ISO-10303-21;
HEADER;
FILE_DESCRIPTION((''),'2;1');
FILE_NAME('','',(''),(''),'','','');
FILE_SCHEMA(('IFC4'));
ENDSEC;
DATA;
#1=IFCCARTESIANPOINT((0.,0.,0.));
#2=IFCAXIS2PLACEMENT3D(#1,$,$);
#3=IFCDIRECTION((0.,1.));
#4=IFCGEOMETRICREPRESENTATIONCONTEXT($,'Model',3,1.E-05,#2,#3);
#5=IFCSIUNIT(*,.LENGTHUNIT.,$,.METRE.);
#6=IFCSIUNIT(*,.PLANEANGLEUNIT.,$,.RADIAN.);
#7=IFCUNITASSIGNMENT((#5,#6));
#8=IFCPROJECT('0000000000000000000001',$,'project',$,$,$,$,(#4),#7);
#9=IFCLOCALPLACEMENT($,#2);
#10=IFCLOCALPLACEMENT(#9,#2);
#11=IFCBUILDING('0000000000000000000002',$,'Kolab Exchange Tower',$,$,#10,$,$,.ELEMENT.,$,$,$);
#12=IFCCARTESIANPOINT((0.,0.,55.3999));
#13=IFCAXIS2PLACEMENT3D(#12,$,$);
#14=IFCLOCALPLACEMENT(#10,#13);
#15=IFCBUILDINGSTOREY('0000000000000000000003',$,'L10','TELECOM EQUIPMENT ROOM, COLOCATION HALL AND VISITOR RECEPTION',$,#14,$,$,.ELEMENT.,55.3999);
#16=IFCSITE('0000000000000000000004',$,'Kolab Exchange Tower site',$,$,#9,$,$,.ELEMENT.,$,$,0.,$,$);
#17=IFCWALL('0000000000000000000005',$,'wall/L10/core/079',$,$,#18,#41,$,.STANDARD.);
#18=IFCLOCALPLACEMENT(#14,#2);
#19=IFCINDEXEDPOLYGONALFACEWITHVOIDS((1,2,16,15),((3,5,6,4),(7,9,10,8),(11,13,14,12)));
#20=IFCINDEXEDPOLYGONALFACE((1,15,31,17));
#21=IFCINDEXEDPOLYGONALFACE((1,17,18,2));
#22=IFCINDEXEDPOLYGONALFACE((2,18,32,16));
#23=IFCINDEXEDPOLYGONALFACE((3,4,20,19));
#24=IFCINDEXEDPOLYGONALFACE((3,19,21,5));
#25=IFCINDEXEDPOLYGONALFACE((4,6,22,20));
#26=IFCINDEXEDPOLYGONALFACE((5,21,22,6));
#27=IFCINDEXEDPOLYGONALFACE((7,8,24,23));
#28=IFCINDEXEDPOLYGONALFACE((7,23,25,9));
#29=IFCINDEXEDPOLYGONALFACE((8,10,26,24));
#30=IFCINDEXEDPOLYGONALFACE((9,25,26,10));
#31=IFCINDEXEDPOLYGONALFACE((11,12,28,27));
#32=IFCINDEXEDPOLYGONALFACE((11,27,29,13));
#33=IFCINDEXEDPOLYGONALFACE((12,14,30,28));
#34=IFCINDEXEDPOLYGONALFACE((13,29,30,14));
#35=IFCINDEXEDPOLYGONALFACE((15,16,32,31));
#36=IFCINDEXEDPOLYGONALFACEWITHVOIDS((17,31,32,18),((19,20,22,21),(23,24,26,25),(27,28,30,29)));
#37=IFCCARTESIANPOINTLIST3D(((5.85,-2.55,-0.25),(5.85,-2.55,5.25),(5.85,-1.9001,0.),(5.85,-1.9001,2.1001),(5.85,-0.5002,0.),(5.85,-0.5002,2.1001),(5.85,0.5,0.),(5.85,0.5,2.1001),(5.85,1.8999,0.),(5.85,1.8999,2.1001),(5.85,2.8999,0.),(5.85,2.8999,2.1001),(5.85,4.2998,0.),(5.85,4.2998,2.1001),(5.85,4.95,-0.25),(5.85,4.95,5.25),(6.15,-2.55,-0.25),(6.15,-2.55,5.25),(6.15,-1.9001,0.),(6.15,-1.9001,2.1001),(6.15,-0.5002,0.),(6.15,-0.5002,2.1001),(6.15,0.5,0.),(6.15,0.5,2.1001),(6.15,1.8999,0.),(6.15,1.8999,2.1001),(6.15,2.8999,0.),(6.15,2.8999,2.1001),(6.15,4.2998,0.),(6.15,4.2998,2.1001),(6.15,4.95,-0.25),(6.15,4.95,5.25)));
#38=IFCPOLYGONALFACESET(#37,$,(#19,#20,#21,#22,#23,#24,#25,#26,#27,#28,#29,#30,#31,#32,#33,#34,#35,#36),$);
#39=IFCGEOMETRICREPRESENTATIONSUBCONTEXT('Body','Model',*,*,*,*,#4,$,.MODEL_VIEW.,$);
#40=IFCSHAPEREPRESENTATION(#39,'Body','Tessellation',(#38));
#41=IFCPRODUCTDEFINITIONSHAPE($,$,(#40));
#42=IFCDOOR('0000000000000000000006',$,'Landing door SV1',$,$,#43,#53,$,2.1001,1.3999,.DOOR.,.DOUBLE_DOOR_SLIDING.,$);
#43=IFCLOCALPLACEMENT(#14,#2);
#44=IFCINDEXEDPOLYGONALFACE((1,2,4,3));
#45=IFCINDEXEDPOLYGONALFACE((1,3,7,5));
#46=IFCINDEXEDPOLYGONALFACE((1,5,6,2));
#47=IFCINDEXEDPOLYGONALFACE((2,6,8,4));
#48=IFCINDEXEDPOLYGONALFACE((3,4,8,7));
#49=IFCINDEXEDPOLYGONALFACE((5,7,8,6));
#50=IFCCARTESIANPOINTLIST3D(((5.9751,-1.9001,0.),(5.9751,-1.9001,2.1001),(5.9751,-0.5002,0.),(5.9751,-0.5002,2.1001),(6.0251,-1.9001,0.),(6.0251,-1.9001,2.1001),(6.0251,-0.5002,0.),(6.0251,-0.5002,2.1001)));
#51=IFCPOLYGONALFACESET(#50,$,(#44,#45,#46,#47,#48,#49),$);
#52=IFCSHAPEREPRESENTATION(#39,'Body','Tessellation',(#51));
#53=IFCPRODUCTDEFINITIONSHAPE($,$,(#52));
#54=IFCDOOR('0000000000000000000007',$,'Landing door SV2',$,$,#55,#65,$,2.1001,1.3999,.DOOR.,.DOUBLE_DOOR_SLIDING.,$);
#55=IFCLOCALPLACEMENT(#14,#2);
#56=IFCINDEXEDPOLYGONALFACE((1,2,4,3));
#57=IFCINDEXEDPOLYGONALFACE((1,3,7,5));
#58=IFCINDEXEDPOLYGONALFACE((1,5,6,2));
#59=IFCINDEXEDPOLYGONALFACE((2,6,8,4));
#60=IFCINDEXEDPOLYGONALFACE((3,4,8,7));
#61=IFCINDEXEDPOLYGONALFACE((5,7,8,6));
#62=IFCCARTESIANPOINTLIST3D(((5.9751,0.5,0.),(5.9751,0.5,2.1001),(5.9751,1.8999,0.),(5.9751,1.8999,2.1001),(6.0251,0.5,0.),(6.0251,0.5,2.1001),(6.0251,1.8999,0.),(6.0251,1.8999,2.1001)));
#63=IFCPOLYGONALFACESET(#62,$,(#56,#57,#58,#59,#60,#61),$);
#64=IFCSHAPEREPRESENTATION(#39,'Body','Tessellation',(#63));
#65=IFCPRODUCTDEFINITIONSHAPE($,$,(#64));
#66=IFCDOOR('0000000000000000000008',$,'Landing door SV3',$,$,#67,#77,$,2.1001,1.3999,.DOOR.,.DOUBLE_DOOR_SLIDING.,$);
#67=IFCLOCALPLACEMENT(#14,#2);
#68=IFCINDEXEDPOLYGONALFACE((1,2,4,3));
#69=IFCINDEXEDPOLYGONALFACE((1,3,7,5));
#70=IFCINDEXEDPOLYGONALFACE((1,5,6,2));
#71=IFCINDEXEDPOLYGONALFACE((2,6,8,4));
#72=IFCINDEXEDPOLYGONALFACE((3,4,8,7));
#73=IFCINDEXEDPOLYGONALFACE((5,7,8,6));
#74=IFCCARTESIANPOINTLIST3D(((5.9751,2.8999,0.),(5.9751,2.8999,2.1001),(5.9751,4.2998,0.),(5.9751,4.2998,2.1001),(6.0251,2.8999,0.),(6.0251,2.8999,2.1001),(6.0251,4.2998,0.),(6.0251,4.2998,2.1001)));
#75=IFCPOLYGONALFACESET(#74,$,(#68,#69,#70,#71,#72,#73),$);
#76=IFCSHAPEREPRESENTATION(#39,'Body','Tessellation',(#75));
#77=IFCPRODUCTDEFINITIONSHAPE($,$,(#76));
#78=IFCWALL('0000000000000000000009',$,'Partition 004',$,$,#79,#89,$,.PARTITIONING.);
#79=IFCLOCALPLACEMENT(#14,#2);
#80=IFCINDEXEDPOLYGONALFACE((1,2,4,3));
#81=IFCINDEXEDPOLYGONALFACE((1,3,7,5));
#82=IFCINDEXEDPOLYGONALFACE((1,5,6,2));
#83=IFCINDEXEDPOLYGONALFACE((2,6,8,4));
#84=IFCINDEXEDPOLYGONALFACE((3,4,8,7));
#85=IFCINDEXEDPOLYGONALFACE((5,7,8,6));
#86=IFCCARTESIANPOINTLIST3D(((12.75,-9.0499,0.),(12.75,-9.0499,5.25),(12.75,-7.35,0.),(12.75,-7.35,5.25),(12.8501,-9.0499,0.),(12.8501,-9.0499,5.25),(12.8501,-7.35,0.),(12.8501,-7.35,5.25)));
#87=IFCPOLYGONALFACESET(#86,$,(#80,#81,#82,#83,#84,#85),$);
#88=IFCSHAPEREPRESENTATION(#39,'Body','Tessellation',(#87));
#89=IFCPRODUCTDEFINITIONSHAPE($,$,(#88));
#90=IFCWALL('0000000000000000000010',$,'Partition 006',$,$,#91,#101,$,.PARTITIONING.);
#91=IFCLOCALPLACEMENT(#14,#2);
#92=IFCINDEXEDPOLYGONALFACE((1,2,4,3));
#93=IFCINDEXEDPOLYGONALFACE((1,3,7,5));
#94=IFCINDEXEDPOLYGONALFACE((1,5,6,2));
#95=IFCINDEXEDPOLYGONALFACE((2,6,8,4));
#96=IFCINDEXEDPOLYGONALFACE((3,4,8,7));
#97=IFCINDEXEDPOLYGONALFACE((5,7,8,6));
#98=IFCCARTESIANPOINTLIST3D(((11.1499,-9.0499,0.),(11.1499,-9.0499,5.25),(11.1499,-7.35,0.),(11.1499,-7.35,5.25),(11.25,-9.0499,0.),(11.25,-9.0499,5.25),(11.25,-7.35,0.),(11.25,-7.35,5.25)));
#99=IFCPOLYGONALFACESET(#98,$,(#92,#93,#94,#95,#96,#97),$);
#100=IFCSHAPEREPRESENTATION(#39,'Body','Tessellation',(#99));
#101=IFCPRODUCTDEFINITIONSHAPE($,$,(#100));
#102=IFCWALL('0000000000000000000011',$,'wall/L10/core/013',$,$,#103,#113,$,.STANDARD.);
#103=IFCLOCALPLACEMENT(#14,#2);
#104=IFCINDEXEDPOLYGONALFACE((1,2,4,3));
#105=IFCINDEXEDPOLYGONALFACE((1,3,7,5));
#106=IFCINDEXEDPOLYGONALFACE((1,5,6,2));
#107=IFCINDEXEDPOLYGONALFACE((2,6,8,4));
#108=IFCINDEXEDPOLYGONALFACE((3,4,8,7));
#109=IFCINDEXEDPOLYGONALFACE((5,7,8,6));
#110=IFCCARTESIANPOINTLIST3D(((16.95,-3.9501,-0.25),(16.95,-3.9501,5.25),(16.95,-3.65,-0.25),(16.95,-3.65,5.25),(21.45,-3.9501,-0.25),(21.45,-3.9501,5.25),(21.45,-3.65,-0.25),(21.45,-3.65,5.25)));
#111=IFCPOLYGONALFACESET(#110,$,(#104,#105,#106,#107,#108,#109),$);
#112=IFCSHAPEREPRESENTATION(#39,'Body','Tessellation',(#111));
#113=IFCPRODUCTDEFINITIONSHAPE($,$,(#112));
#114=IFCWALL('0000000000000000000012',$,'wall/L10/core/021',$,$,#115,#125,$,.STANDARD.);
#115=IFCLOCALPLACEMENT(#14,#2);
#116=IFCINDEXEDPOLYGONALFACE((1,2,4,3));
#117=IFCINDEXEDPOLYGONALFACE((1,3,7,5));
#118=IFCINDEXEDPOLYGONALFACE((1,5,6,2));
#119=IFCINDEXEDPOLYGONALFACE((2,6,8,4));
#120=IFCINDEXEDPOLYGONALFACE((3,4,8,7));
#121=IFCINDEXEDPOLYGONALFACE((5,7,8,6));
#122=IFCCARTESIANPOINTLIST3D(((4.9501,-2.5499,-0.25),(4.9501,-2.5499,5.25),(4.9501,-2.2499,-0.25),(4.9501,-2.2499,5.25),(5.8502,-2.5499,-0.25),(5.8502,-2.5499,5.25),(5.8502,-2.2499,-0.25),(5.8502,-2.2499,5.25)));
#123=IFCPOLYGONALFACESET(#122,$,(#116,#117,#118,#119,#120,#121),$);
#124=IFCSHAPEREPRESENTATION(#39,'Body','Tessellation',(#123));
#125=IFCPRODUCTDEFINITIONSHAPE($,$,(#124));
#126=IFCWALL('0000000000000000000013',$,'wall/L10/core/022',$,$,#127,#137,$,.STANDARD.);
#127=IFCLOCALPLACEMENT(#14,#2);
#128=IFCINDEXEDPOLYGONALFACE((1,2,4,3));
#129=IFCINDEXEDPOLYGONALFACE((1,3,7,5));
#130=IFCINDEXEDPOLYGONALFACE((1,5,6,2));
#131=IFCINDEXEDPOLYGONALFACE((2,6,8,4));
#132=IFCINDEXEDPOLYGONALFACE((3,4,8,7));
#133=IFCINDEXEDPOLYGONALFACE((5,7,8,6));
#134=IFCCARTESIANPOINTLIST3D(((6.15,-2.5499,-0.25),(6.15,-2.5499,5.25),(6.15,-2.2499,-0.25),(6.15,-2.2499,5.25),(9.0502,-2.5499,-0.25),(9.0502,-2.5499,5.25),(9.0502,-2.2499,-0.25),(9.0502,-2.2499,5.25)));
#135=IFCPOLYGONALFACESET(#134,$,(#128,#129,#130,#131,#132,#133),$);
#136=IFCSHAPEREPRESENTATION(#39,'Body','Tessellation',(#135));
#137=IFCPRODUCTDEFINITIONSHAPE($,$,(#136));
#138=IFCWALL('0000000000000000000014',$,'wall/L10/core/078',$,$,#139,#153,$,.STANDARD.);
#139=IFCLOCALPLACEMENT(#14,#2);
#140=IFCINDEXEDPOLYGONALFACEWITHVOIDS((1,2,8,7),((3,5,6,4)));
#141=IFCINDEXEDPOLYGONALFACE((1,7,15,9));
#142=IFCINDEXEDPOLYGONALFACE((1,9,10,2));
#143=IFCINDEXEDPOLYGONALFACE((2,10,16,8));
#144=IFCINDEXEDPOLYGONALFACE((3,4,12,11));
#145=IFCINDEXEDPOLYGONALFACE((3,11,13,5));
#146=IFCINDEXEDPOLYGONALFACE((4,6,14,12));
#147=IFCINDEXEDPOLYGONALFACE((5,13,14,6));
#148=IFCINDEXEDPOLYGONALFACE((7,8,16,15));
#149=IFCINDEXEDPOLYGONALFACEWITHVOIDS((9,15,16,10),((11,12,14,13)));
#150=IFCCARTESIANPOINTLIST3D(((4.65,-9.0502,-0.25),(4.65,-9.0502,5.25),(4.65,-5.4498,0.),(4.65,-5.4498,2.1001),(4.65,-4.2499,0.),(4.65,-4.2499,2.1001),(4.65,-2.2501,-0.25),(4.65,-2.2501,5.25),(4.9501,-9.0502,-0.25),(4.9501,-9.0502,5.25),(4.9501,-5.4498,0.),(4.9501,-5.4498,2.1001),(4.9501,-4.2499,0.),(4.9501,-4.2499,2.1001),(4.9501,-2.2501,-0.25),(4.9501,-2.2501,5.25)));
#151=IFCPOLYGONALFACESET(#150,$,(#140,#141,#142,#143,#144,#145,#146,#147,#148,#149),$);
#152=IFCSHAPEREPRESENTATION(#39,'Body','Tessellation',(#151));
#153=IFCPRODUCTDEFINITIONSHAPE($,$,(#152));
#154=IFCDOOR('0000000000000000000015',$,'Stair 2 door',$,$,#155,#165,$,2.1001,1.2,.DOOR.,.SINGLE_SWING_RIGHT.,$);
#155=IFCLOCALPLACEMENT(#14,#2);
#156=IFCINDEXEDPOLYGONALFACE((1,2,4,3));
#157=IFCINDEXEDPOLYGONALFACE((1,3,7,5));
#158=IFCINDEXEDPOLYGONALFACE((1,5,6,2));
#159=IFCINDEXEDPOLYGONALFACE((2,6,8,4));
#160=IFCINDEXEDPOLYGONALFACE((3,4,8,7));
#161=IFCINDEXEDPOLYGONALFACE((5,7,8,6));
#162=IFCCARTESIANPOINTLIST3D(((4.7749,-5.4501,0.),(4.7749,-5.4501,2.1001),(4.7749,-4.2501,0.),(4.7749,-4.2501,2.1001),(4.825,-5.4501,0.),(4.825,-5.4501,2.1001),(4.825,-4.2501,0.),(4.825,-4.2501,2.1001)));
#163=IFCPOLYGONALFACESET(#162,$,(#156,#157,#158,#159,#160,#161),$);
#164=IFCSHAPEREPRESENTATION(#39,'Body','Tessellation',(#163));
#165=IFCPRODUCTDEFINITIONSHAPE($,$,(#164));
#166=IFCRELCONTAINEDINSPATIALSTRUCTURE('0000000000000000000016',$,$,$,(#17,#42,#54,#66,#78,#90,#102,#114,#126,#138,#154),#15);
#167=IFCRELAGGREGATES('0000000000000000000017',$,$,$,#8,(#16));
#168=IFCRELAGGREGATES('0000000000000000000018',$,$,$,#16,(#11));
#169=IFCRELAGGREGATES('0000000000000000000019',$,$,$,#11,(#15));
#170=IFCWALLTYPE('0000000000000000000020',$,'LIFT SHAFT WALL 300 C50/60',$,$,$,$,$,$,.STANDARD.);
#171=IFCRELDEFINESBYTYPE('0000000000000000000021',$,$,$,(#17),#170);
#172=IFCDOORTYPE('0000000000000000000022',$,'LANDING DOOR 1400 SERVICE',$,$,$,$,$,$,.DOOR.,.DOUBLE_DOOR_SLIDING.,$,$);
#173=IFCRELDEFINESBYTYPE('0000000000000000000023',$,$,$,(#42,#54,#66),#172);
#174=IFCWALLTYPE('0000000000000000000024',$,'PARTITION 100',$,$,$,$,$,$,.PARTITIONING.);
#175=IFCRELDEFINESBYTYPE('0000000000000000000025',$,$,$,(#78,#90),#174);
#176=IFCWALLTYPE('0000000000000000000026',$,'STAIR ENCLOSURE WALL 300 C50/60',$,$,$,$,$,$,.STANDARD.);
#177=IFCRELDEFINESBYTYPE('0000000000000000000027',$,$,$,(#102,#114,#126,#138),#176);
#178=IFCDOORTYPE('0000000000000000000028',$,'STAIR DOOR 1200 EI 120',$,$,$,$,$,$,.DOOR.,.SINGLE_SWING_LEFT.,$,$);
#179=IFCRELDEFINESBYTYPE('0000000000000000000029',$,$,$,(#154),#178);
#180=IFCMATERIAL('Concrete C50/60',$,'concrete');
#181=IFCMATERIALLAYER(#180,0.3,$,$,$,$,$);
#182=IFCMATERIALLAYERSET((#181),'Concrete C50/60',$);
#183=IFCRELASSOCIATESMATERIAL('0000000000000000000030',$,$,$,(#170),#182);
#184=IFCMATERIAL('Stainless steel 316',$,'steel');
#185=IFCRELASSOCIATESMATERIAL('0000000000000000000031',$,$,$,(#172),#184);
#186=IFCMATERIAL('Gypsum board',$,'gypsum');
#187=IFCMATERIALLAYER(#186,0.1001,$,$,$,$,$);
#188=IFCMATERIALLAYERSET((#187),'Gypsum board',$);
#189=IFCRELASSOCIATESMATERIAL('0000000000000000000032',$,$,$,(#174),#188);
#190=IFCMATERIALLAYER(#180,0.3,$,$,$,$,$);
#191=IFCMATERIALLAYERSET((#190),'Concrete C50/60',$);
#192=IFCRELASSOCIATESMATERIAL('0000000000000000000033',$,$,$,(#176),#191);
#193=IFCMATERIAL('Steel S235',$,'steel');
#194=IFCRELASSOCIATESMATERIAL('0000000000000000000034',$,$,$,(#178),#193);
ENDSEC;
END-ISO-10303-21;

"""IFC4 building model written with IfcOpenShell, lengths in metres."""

from ifc_helpers import new_model, si_unit, direction, frame, frame_2d, origin, place, context, subcontext, project, spatial, rectangle, extrude, material, layer, layer_set, type_object, element, fill, save


model = new_model("IFC4")

# Units and contexts
model_context = context("Model", 3, precision=1e-05, world=origin(), true_north=direction((0.0, 1.0)))
body_context = subcontext(model_context, "Body", "Model", "MODEL_VIEW")
ifc_project = project(units=[si_unit("LENGTHUNIT", "METRE"), si_unit("PLANEANGLEUNIT", "RADIAN")], contexts=[model_context])

# Site, building, storey
site_placement = place(None, origin())
site = spatial("IfcSite", under=ifc_project, at=site_placement, Name="Kolab Exchange Tower site", CompositionType="ELEMENT", RefElevation=0.0)
building_placement = place(site_placement, origin())
building = spatial("IfcBuilding", under=site, at=building_placement, Name="Kolab Exchange Tower", CompositionType="ELEMENT")
storey_placement = place(building_placement, frame((0.0, 0.0, 55.3999)))
storey = spatial("IfcBuildingStorey", under=building, at=storey_placement, Name="L10", Description="TELECOM EQUIPMENT ROOM, COLOCATION HALL AND VISITOR RECEPTION", CompositionType="ELEMENT", Elevation=55.3999)

# Shared definitions
ifc_material_1 = material(Name="Concrete C50/60", Category="concrete")
ifc_layer_1 = layer(ifc_material_1, 0.3)
ifc_layer_set_1 = layer_set([ifc_layer_1], Name="Concrete C50/60")
wall_type_1 = type_object("IfcWallType", Name="LIFT SHAFT WALL 300 C50/60", PredefinedType="STANDARD", material=ifc_layer_set_1)

# Shared definitions
ifc_material_2 = material(Name="Steel S235", Category="steel")

# Wall, openings, doors
wall_1_placement = place(storey_placement, frame((6.0, -2.55, -0.25), z_axis=(0.0, 0.0, 1.0), x_axis=(0.0, 1.0, 0.0)))
wall_1 = element("IfcWall", 1, at=wall_1_placement, inside=storey, type_object=wall_type_1, Name="wall/L10/core/079", PredefinedType="STANDARD", context=body_context, shape_type="SweptSolid", body=[
    extrude(rectangle(XDim=7.5, YDim=0.3, at=frame_2d((3.75, 0.0))), origin(), (0.0, 0.0, 1.0), 5.5),
])
opening_1_placement = place(wall_1_placement, frame((0.6499, 0.0, 0.25)))
opening_1 = element("IfcOpeningElement", 2, at=opening_1_placement, cuts=wall_1, PredefinedType="OPENING", context=body_context, shape_type="SweptSolid", body=[
    extrude(rectangle(XDim=1.3999, YDim=2.1001, at=frame_2d((0.7, 1.05))), frame((0.0, 0.1602, 0.0), z_axis=(0.0, -1.0, 0.0), x_axis=(1.0, 0.0, 0.0)), (0.0, 0.0, 1.0), 0.3201),
])
opening_2_placement = place(wall_1_placement, frame((3.05, 0.0, 0.25)))
opening_2 = element("IfcOpeningElement", 3, at=opening_2_placement, cuts=wall_1, PredefinedType="OPENING", context=body_context, shape_type="SweptSolid", body=[
    extrude(rectangle(XDim=1.3999, YDim=2.1001, at=frame_2d((0.7, 1.05))), frame((0.0, 0.1602, 0.0), z_axis=(0.0, -1.0, 0.0), x_axis=(1.0, 0.0, 0.0)), (0.0, 0.0, 1.0), 0.3201),
])
opening_3_placement = place(wall_1_placement, frame((5.45, 0.0, 0.25)))
opening_3 = element("IfcOpeningElement", 4, at=opening_3_placement, cuts=wall_1, PredefinedType="OPENING", context=body_context, shape_type="SweptSolid", body=[
    extrude(rectangle(XDim=1.3999, YDim=2.1001, at=frame_2d((0.7, 1.05))), frame((0.0, 0.1602, 0.0), z_axis=(0.0, -1.0, 0.0), x_axis=(1.0, 0.0, 0.0)), (0.0, 0.0, 1.0), 0.3201),
])
ifc_material_3 = material(Name="Stainless steel 316", Category="steel")
door_type_1 = type_object("IfcDoorType", Name="LANDING DOOR 1400 SERVICE", OperationType="DOUBLE_DOOR_SLIDING", PredefinedType="DOOR", material=ifc_material_3)
door_1_placement = place(opening_1_placement, origin())
door_1 = element("IfcDoor", 5, at=door_1_placement, inside=storey, type_object=door_type_1, Name="Landing door SV1", OperationType="DOUBLE_DOOR_SLIDING", OverallHeight=2.1001, OverallWidth=1.3999, PredefinedType="DOOR", context=body_context, shape_type="SweptSolid", body=[
    extrude(rectangle(XDim=1.3999, YDim=2.1001, at=frame_2d((0.7, 1.05))), frame((0.0, 0.0249, 0.0), z_axis=(0.0, -1.0, 0.0), x_axis=(1.0, 0.0, 0.0)), (0.0, 0.0, 1.0), 0.05),
])
fill(opening_1, door_1)
door_2_placement = place(opening_2_placement, origin())
door_2 = element("IfcDoor", 6, at=door_2_placement, inside=storey, type_object=door_type_1, Name="Landing door SV2", OperationType="DOUBLE_DOOR_SLIDING", OverallHeight=2.1001, OverallWidth=1.3999, PredefinedType="DOOR", context=body_context, shape_type="SweptSolid", body=[
    extrude(rectangle(XDim=1.3999, YDim=2.1001, at=frame_2d((0.7, 1.05))), frame((0.0, 0.0249, 0.0), z_axis=(0.0, -1.0, 0.0), x_axis=(1.0, 0.0, 0.0)), (0.0, 0.0, 1.0), 0.05),
])
fill(opening_2, door_2)
door_3_placement = place(opening_3_placement, origin())
door_3 = element("IfcDoor", 7, at=door_3_placement, inside=storey, type_object=door_type_1, Name="Landing door SV3", OperationType="DOUBLE_DOOR_SLIDING", OverallHeight=2.1001, OverallWidth=1.3999, PredefinedType="DOOR", context=body_context, shape_type="SweptSolid", body=[
    extrude(rectangle(XDim=1.3999, YDim=2.1001, at=frame_2d((0.7, 1.05))), frame((0.0, 0.0249, 0.0), z_axis=(0.0, -1.0, 0.0), x_axis=(1.0, 0.0, 0.0)), (0.0, 0.0, 1.0), 0.05),
])
fill(opening_3, door_3)

# Walls
ifc_material_4 = material(Name="Gypsum board", Category="gypsum")
ifc_layer_2 = layer(ifc_material_4, 0.1001)
ifc_layer_set_2 = layer_set([ifc_layer_2], Name="Gypsum board")
wall_type_2 = type_object("IfcWallType", Name="PARTITION 100", PredefinedType="PARTITIONING", material=ifc_layer_set_2)
for number, where, z_axis, x_axis, name in (
    (8, (12.8, -9.05, 0.0), (0.0, 0.0, 1.0), (0.0, 1.0, 0.0), "Partition 004"),
    (9, (11.2, -9.05, 0.0), (0.0, 0.0, 1.0), (0.0, 1.0, 0.0), "Partition 006"),
):
    element("IfcWall", number, at=place(storey_placement, frame(where, z_axis=z_axis, x_axis=x_axis)), inside=storey, type_object=wall_type_2, Name=name, PredefinedType="PARTITIONING", context=body_context, shape_type="SweptSolid", body=[
        extrude(rectangle(XDim=1.7, YDim=0.1001, at=frame_2d((0.8501, 0.0))), origin(), (0.0, 0.0, 1.0), 5.25),
    ])
ifc_layer_3 = layer(ifc_material_1, 0.3)
ifc_layer_set_3 = layer_set([ifc_layer_3], Name="Concrete C50/60")
wall_type_3 = type_object("IfcWallType", Name="STAIR ENCLOSURE WALL 300 C50/60", PredefinedType="STANDARD", material=ifc_layer_set_3)
wall_2_placement = place(storey_placement, frame((16.95, -3.8, -0.25), z_axis=(0.0, 0.0, 1.0), x_axis=(1.0, 0.0, 0.0)))
element("IfcWall", 10, at=wall_2_placement, inside=storey, type_object=wall_type_3, Name="wall/L10/core/013", PredefinedType="STANDARD", context=body_context, shape_type="SweptSolid", body=[
    extrude(rectangle(XDim=4.5, YDim=0.3, at=frame_2d((2.25, 0.0))), origin(), (0.0, 0.0, 1.0), 5.5),
])
wall_3_placement = place(storey_placement, frame((4.95, -2.3999, -0.25), z_axis=(0.0, 0.0, 1.0), x_axis=(1.0, 0.0, 0.0)))
element("IfcWall", 11, at=wall_3_placement, inside=storey, type_object=wall_type_3, Name="wall/L10/core/021", PredefinedType="STANDARD", context=body_context, shape_type="SweptSolid", body=[
    extrude(rectangle(XDim=0.9001, YDim=0.3, at=frame_2d((0.4502, 0.0))), origin(), (0.0, 0.0, 1.0), 5.5),
])
wall_4_placement = place(storey_placement, frame((6.1499, -2.3999, -0.25), z_axis=(0.0, 0.0, 1.0), x_axis=(1.0, 0.0, 0.0)))
element("IfcWall", 12, at=wall_4_placement, inside=storey, type_object=wall_type_3, Name="wall/L10/core/022", PredefinedType="STANDARD", context=body_context, shape_type="SweptSolid", body=[
    extrude(rectangle(XDim=2.9001, YDim=0.3, at=frame_2d((1.4502, 0.0))), origin(), (0.0, 0.0, 1.0), 5.5),
])

# Wall, opening, door
wall_5_placement = place(storey_placement, frame((4.8, -9.05, -0.25), z_axis=(0.0, 0.0, 1.0), x_axis=(0.0, 1.0, 0.0)))
wall_5 = element("IfcWall", 13, at=wall_5_placement, inside=storey, type_object=wall_type_3, Name="wall/L10/core/078", PredefinedType="STANDARD", context=body_context, shape_type="SweptSolid", body=[
    extrude(rectangle(XDim=6.8, YDim=0.3, at=frame_2d((3.3999, 0.0))), origin(), (0.0, 0.0, 1.0), 5.5),
])
opening_4_placement = place(wall_5_placement, frame((3.6001, 0.0, 0.25)))
opening_4 = element("IfcOpeningElement", 14, at=opening_4_placement, cuts=wall_5, PredefinedType="OPENING", context=body_context, shape_type="SweptSolid", body=[
    extrude(rectangle(XDim=1.2, YDim=2.1001, at=frame_2d((0.6001, 1.05))), frame((0.0, 0.1602, 0.0), z_axis=(0.0, -1.0, 0.0), x_axis=(1.0, 0.0, 0.0)), (0.0, 0.0, 1.0), 0.3201),
])
door_type_2 = type_object("IfcDoorType", Name="STAIR DOOR 1200 EI 120", OperationType="SINGLE_SWING_LEFT", PredefinedType="DOOR", material=ifc_material_2)
door_4_placement = place(opening_4_placement, frame((1.2, 0.0, 0.0), z_axis=(0.0, 0.0, 1.0), x_axis=(-1.0, 0.0, 0.0)))
door_4 = element("IfcDoor", 15, at=door_4_placement, inside=storey, type_object=door_type_2, Name="Stair 2 door", OperationType="SINGLE_SWING_RIGHT", OverallHeight=2.1001, OverallWidth=1.2, PredefinedType="DOOR", context=body_context, shape_type="SweptSolid", body=[
    extrude(rectangle(XDim=1.2, YDim=2.1001, at=frame_2d((0.6001, 1.05))), frame((0.0, 0.0249, 0.0), z_axis=(0.0, -1.0, 0.0), x_axis=(1.0, 0.0, 0.0)), (0.0, 0.0, 1.0), 0.05),
])
fill(opening_4, door_4)

save(model, "model.ifc")
